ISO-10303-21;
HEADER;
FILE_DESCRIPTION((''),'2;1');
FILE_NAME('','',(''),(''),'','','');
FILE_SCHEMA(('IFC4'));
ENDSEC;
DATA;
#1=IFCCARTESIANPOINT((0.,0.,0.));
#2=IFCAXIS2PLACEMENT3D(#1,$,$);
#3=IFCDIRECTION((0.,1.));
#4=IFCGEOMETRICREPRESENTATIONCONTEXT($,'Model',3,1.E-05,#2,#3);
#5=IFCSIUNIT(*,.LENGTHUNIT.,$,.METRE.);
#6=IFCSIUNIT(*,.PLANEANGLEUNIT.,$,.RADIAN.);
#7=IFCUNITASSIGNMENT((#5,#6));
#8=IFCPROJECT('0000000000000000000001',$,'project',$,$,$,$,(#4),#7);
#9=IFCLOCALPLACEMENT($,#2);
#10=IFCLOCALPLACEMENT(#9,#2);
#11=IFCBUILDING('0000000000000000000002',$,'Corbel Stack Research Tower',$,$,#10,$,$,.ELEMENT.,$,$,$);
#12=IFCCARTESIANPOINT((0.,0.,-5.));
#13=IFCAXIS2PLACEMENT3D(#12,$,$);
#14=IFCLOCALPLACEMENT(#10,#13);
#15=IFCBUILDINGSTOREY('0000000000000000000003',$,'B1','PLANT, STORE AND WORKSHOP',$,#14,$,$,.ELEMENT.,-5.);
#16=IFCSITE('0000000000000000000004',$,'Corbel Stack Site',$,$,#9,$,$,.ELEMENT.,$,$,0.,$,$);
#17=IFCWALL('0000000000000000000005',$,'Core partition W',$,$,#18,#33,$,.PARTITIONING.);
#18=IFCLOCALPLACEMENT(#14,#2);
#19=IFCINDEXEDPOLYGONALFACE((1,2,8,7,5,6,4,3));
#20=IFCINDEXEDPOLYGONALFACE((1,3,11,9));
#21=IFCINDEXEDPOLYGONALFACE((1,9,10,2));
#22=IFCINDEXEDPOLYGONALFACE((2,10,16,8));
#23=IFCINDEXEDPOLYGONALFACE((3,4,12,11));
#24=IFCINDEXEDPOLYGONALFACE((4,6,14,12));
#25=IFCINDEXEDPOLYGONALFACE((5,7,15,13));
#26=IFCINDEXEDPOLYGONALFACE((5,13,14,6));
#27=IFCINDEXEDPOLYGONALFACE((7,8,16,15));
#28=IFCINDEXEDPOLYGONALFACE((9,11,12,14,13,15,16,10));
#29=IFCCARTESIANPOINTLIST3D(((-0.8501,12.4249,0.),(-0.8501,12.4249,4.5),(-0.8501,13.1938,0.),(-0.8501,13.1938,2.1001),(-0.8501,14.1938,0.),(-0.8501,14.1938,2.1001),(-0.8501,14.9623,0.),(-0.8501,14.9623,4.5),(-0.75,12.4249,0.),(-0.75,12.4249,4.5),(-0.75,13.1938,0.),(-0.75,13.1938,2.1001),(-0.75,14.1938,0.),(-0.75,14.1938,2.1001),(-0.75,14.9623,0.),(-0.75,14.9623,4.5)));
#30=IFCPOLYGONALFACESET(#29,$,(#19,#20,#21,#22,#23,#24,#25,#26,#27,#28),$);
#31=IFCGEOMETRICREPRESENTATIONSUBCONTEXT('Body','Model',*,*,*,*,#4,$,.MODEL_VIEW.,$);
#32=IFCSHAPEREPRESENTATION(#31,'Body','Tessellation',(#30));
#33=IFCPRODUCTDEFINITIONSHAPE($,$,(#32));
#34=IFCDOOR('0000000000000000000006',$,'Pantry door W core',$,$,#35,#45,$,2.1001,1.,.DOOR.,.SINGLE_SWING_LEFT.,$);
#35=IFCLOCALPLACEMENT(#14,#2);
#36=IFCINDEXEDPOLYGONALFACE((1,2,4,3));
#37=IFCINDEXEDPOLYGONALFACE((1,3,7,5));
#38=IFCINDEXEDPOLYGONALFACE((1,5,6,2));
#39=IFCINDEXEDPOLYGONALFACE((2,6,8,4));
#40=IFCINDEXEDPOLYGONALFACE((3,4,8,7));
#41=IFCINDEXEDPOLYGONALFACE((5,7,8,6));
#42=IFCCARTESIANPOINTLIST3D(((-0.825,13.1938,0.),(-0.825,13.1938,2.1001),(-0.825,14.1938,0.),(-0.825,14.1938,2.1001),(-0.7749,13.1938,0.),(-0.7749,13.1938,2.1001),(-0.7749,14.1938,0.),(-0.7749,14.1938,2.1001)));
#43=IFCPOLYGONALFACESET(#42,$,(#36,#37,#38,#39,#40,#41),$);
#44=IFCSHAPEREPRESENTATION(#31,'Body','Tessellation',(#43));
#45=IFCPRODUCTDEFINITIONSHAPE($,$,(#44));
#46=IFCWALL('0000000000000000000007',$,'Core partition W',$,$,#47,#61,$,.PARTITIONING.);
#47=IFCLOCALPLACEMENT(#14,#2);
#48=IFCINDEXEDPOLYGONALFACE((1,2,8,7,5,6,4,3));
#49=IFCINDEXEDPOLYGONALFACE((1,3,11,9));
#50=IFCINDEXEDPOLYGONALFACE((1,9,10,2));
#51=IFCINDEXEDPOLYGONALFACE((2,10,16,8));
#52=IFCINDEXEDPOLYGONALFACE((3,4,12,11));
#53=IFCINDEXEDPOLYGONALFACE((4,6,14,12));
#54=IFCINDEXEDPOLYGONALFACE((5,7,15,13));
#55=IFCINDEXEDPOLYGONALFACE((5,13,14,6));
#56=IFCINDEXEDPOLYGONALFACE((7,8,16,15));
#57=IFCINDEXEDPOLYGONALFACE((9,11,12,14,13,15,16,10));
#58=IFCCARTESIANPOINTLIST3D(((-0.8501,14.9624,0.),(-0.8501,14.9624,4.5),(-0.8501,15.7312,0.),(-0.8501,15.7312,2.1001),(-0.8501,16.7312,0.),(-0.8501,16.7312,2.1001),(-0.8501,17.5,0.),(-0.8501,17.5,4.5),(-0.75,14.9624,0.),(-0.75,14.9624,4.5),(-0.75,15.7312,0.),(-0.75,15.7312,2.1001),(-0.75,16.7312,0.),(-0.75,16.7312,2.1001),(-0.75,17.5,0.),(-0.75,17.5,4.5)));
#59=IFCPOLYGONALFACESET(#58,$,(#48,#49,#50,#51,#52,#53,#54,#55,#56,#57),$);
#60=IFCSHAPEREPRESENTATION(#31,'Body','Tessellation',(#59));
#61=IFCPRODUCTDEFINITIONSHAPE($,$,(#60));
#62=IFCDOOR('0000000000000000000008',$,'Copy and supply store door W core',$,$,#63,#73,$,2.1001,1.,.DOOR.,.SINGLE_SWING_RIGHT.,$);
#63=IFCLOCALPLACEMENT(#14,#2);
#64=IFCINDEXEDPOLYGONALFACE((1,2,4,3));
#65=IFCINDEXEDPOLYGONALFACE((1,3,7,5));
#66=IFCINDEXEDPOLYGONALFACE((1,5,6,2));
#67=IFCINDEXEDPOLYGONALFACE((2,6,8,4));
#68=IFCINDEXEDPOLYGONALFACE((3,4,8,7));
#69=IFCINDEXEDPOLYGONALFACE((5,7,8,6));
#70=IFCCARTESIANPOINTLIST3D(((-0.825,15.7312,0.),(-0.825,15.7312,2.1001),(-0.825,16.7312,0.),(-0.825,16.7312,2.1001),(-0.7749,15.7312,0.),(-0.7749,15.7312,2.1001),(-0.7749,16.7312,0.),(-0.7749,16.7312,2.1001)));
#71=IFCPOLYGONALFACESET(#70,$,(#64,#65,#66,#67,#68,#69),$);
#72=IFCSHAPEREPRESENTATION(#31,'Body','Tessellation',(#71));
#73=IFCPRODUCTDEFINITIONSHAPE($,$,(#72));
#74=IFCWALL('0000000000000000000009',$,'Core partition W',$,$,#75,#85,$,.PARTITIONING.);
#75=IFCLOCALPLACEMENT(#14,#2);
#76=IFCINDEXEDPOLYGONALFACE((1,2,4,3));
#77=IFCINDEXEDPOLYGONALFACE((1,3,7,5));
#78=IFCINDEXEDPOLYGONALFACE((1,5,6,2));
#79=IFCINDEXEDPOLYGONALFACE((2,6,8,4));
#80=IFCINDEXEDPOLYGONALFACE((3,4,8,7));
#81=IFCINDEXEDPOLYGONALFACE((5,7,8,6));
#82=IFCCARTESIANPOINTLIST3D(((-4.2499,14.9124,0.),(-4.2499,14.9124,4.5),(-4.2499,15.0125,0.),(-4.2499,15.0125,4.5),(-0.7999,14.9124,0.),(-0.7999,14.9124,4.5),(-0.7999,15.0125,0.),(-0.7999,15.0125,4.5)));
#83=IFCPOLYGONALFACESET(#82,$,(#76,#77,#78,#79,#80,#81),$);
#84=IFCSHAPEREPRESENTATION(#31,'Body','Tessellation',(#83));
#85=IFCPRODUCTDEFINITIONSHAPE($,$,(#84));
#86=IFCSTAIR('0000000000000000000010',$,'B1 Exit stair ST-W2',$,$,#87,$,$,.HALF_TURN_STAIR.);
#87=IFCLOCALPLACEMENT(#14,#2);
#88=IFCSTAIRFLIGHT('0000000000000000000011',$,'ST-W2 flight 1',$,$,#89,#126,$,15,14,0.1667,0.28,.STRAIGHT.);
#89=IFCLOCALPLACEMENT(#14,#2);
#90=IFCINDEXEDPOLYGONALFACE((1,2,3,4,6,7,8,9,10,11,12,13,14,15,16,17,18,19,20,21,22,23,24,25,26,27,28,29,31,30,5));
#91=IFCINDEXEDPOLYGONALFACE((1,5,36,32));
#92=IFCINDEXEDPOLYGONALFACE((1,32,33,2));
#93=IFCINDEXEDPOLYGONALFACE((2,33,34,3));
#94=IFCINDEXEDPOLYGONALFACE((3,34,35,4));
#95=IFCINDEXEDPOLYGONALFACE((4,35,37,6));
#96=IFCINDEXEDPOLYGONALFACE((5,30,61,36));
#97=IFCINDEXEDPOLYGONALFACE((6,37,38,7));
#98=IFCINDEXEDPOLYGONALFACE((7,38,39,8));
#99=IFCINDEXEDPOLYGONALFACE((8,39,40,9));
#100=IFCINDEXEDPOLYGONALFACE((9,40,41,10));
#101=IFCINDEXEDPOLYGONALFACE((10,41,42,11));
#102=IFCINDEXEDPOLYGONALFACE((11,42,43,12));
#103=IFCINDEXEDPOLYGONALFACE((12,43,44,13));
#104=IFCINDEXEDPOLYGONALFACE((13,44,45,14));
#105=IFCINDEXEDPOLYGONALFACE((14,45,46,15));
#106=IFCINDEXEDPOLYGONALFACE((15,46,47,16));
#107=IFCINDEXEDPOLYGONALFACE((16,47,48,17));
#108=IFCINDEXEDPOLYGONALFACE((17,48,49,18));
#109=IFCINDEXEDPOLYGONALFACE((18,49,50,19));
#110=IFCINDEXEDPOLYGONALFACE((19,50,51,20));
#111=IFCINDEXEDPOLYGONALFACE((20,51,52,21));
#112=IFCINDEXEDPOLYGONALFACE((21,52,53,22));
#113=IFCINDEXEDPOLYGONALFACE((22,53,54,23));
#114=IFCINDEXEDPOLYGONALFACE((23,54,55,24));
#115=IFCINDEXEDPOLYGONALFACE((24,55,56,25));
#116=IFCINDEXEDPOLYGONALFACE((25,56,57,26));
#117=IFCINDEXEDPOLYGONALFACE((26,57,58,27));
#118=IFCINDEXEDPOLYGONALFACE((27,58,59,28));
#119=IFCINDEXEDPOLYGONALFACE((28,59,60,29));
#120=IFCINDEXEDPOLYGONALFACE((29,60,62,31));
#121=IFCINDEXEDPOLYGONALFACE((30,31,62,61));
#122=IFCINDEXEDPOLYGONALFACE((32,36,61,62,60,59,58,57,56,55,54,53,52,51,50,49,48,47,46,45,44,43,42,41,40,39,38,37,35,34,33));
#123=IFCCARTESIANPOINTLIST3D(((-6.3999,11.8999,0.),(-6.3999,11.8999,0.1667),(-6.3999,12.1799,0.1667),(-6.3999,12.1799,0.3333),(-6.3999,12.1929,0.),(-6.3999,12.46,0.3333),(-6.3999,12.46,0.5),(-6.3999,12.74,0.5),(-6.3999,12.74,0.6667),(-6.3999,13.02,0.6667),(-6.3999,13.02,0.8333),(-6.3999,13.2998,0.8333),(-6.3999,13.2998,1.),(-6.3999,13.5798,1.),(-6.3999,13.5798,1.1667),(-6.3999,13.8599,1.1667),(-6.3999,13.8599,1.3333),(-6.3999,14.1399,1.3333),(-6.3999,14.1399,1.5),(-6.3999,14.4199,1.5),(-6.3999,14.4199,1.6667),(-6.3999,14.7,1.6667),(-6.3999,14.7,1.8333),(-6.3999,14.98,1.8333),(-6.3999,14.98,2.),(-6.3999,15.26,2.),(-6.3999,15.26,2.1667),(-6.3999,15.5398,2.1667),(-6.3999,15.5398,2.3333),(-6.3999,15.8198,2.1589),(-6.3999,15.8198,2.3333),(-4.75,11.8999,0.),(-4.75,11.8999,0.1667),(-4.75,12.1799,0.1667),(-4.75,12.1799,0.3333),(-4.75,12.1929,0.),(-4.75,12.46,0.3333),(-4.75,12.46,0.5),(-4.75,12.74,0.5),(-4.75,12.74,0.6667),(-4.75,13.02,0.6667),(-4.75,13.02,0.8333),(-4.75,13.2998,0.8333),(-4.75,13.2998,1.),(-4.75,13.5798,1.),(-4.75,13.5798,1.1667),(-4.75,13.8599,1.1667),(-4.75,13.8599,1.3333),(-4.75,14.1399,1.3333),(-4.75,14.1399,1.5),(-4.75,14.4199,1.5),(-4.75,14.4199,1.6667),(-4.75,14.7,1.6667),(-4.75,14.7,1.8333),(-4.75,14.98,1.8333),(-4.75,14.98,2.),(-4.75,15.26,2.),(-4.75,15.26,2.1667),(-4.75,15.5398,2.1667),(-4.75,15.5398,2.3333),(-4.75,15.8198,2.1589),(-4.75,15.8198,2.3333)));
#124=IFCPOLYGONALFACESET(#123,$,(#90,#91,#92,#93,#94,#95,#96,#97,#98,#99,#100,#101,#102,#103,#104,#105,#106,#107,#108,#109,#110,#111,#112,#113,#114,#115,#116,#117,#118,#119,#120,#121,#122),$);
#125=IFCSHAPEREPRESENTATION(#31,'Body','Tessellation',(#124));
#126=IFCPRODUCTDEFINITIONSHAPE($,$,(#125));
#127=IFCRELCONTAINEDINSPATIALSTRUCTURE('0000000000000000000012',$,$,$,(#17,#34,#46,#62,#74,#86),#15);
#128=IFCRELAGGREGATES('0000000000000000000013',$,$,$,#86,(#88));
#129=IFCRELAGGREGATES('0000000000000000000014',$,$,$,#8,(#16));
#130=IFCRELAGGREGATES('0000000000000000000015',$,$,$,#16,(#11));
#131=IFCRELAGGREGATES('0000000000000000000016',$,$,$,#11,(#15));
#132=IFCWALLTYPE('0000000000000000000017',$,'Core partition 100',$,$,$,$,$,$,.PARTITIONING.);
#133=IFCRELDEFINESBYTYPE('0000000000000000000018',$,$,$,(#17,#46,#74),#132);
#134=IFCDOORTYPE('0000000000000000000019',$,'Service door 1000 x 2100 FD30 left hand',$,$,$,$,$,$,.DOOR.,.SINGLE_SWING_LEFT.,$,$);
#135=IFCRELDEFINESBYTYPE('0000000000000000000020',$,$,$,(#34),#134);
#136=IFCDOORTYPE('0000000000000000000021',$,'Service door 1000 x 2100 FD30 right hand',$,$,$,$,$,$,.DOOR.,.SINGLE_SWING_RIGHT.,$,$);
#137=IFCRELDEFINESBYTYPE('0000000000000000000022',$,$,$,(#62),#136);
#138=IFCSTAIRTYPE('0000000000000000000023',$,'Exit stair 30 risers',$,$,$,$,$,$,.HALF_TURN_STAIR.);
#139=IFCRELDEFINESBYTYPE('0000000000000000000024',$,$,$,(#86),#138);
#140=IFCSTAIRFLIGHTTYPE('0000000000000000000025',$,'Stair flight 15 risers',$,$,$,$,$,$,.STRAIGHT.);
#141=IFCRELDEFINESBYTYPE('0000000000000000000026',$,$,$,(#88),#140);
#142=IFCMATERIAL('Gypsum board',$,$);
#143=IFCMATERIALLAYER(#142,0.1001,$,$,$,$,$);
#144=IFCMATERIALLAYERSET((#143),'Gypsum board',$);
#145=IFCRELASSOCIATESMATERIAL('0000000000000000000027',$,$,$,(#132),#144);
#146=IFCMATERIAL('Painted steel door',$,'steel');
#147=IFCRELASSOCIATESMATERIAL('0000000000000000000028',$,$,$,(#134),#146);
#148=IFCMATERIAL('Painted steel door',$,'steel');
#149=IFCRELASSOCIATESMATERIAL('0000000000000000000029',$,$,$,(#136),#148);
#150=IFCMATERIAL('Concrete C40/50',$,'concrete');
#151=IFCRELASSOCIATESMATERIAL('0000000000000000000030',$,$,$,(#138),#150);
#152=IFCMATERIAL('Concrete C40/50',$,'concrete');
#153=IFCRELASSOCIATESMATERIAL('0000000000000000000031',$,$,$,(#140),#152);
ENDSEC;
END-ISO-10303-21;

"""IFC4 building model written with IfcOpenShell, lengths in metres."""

from ifc_helpers import new_model, si_unit, direction, frame, frame_2d, origin, place, context, subcontext, project, spatial, polyline, rectangle, outline, extrude, material, layer, layer_set, type_object, element, fill, aggregate, save


model = new_model("IFC4")

# Units and contexts
model_context = context("Model", 3, precision=1e-05, world=origin(), true_north=direction((0.0, 1.0)))
body_context = subcontext(model_context, "Body", "Model", "MODEL_VIEW")
ifc_project = project(units=[si_unit("LENGTHUNIT", "METRE"), si_unit("PLANEANGLEUNIT", "RADIAN")], contexts=[model_context])

# Site, building, storey
site_placement = place(None, origin())
site = spatial("IfcSite", under=ifc_project, at=site_placement, Name="Corbel Stack Site", CompositionType="ELEMENT", RefElevation=0.0)
building_placement = place(site_placement, origin())
building = spatial("IfcBuilding", under=site, at=building_placement, Name="Corbel Stack Research Tower", CompositionType="ELEMENT")
storey_placement = place(building_placement, frame((0.0, 0.0, -5.0)))
storey = spatial("IfcBuildingStorey", under=building, at=storey_placement, Name="B1", Description="PLANT, STORE AND WORKSHOP", CompositionType="ELEMENT", Elevation=-5.0)

# Shared definitions
ifc_material_1 = material(Name="Gypsum board")
ifc_layer_1 = layer(ifc_material_1, 0.1001)
ifc_layer_set_1 = layer_set([ifc_layer_1], Name="Gypsum board")
wall_type_1 = type_object("IfcWallType", Name="Core partition 100", PredefinedType="PARTITIONING", material=ifc_layer_set_1)

# Walls, openings, doors
wall_1_placement = place(storey_placement, frame((-0.8, 12.425, 0.0), z_axis=(0.0, 0.0, 1.0), x_axis=(0.0, 1.0, 0.0)))
wall_1 = element("IfcWall", 1, at=wall_1_placement, inside=storey, type_object=wall_type_1, Name="Core partition W", PredefinedType="PARTITIONING", context=body_context, shape_type="SweptSolid", body=[
    extrude(rectangle(XDim=2.5374, YDim=0.1001, at=frame_2d((1.2686, 0.0))), origin(), (0.0, 0.0, 1.0), 4.5),
])
opening_1_placement = place(wall_1_placement, frame((0.7688, 0.0, 0.0)))
opening_1 = element("IfcOpeningElement", 2, at=opening_1_placement, cuts=wall_1, PredefinedType="OPENING", context=body_context, shape_type="SweptSolid", body=[
    extrude(rectangle(XDim=1.0, YDim=2.1001, at=frame_2d((0.5, 1.05))), frame((0.0, 0.0601, 0.0), z_axis=(0.0, -1.0, 0.0), x_axis=(1.0, 0.0, 0.0)), (0.0, 0.0, 1.0), 0.1201),
])
ifc_material_2 = material(Name="Painted steel door", Category="steel")
door_type_1 = type_object("IfcDoorType", Name="Service door 1000 x 2100 FD30 left hand", OperationType="SINGLE_SWING_LEFT", PredefinedType="DOOR", material=ifc_material_2)
door_1_placement = place(opening_1_placement, origin())
door_1 = element("IfcDoor", 3, at=door_1_placement, inside=storey, type_object=door_type_1, Name="Pantry door W core", OperationType="SINGLE_SWING_LEFT", OverallHeight=2.1001, OverallWidth=1.0, PredefinedType="DOOR", context=body_context, shape_type="SweptSolid", body=[
    extrude(rectangle(XDim=1.0, YDim=2.1001, at=frame_2d((0.5, 1.05))), frame((0.0, 0.0249, 0.0), z_axis=(0.0, -1.0, 0.0), x_axis=(1.0, 0.0, 0.0)), (0.0, 0.0, 1.0), 0.05),
])
fill(opening_1, door_1)
wall_2_placement = place(storey_placement, frame((-0.8, 14.9624, 0.0), z_axis=(0.0, 0.0, 1.0), x_axis=(0.0, 1.0, 0.0)))
wall_2 = element("IfcWall", 4, at=wall_2_placement, inside=storey, type_object=wall_type_1, Name="Core partition W", PredefinedType="PARTITIONING", context=body_context, shape_type="SweptSolid", body=[
    extrude(rectangle(XDim=2.5376, YDim=0.1001, at=frame_2d((1.2688, 0.0))), origin(), (0.0, 0.0, 1.0), 4.5),
])
opening_2_placement = place(wall_2_placement, frame((0.7688, 0.0, 0.0)))
opening_2 = element("IfcOpeningElement", 5, at=opening_2_placement, cuts=wall_2, PredefinedType="OPENING", context=body_context, shape_type="SweptSolid", body=[
    extrude(rectangle(XDim=1.0, YDim=2.1001, at=frame_2d((0.5, 1.05))), frame((0.0, 0.0601, 0.0), z_axis=(0.0, -1.0, 0.0), x_axis=(1.0, 0.0, 0.0)), (0.0, 0.0, 1.0), 0.1201),
])
ifc_material_3 = material(Name="Painted steel door", Category="steel")
door_type_2 = type_object("IfcDoorType", Name="Service door 1000 x 2100 FD30 right hand", OperationType="SINGLE_SWING_RIGHT", PredefinedType="DOOR", material=ifc_material_3)
door_2_placement = place(opening_2_placement, origin())
door_2 = element("IfcDoor", 6, at=door_2_placement, inside=storey, type_object=door_type_2, Name="Copy and supply store door W core", OperationType="SINGLE_SWING_RIGHT", OverallHeight=2.1001, OverallWidth=1.0, PredefinedType="DOOR", context=body_context, shape_type="SweptSolid", body=[
    extrude(rectangle(XDim=1.0, YDim=2.1001, at=frame_2d((0.5, 1.05))), frame((0.0, 0.0249, 0.0), z_axis=(0.0, -1.0, 0.0), x_axis=(1.0, 0.0, 0.0)), (0.0, 0.0, 1.0), 0.05),
])
fill(opening_2, door_2)

# Wall
wall_3_placement = place(storey_placement, frame((-4.25, 14.9624, 0.0), z_axis=(0.0, 0.0, 1.0), x_axis=(1.0, 0.0, 0.0)))
element("IfcWall", 7, at=wall_3_placement, inside=storey, type_object=wall_type_1, Name="Core partition W", PredefinedType="PARTITIONING", context=body_context, shape_type="SweptSolid", body=[
    extrude(rectangle(XDim=3.45, YDim=0.1001, at=frame_2d((1.7251, 0.0))), origin(), (0.0, 0.0, 1.0), 4.5),
])

# Stair, stair flight
ifc_material_4 = material(Name="Concrete C40/50", Category="concrete")
stair_type = type_object("IfcStairType", Name="Exit stair 30 risers", PredefinedType="HALF_TURN_STAIR", material=ifc_material_4)
stair_placement = place(storey_placement, origin())
stair = element("IfcStair", 8, at=stair_placement, inside=storey, type_object=stair_type, Name="B1 Exit stair ST-W2", PredefinedType="HALF_TURN_STAIR")
ifc_material_5 = material(Name="Concrete C40/50", Category="concrete")
stair_flight_type = type_object("IfcStairFlightType", Name="Stair flight 15 risers", PredefinedType="STRAIGHT", material=ifc_material_5)
stair_flight_placement = place(storey_placement, frame((-5.575, 11.8999, 0.0), z_axis=(0.0, 0.0, 1.0), x_axis=(0.0, 1.0, 0.0)))
stair_flight = element("IfcStairFlight", 9, at=stair_flight_placement, type_object=stair_flight_type, Name="ST-W2 flight 1", NumberOfRisers=15, NumberOfTreads=14, PredefinedType="STRAIGHT", RiserHeight=0.1667, TreadLength=0.28, context=body_context, shape_type="SweptSolid", body=[
    extrude(outline(polyline([(0.0, 0.0), (0.0, 0.1667), (0.28, 0.1667), (0.28, 0.3333), (0.5601, 0.3333), (0.5601, 0.5), (0.8401, 0.5), (0.8401, 0.6667), (1.1201, 0.6667), (1.1201, 0.8333), (1.3999, 0.8333), (1.3999, 1.0), (1.6799, 1.0), (1.6799, 1.1667), (1.96, 1.1667), (1.96, 1.3333), (2.24, 1.3333), (2.24, 1.5), (2.52, 1.5), (2.52, 1.6667), (2.8, 1.6667), (2.8, 1.8333), (3.0801, 1.8333), (3.0801, 2.0), (3.3601, 2.0), (3.3601, 2.1667), (3.6399, 2.1667), (3.6399, 2.3333), (3.9199, 2.3333), (3.9199, 2.5), (3.9199, 2.1589), (0.293, 0.0), (0.0, 0.0)])), frame((0.0, 0.825, 0.0), z_axis=(0.0, -1.0, 0.0), x_axis=(1.0, 0.0, 0.0)), (0.0, 0.0, 1.0), 1.6499),
])
aggregate(stair, [stair_flight])

save(model, "model.ifc")
